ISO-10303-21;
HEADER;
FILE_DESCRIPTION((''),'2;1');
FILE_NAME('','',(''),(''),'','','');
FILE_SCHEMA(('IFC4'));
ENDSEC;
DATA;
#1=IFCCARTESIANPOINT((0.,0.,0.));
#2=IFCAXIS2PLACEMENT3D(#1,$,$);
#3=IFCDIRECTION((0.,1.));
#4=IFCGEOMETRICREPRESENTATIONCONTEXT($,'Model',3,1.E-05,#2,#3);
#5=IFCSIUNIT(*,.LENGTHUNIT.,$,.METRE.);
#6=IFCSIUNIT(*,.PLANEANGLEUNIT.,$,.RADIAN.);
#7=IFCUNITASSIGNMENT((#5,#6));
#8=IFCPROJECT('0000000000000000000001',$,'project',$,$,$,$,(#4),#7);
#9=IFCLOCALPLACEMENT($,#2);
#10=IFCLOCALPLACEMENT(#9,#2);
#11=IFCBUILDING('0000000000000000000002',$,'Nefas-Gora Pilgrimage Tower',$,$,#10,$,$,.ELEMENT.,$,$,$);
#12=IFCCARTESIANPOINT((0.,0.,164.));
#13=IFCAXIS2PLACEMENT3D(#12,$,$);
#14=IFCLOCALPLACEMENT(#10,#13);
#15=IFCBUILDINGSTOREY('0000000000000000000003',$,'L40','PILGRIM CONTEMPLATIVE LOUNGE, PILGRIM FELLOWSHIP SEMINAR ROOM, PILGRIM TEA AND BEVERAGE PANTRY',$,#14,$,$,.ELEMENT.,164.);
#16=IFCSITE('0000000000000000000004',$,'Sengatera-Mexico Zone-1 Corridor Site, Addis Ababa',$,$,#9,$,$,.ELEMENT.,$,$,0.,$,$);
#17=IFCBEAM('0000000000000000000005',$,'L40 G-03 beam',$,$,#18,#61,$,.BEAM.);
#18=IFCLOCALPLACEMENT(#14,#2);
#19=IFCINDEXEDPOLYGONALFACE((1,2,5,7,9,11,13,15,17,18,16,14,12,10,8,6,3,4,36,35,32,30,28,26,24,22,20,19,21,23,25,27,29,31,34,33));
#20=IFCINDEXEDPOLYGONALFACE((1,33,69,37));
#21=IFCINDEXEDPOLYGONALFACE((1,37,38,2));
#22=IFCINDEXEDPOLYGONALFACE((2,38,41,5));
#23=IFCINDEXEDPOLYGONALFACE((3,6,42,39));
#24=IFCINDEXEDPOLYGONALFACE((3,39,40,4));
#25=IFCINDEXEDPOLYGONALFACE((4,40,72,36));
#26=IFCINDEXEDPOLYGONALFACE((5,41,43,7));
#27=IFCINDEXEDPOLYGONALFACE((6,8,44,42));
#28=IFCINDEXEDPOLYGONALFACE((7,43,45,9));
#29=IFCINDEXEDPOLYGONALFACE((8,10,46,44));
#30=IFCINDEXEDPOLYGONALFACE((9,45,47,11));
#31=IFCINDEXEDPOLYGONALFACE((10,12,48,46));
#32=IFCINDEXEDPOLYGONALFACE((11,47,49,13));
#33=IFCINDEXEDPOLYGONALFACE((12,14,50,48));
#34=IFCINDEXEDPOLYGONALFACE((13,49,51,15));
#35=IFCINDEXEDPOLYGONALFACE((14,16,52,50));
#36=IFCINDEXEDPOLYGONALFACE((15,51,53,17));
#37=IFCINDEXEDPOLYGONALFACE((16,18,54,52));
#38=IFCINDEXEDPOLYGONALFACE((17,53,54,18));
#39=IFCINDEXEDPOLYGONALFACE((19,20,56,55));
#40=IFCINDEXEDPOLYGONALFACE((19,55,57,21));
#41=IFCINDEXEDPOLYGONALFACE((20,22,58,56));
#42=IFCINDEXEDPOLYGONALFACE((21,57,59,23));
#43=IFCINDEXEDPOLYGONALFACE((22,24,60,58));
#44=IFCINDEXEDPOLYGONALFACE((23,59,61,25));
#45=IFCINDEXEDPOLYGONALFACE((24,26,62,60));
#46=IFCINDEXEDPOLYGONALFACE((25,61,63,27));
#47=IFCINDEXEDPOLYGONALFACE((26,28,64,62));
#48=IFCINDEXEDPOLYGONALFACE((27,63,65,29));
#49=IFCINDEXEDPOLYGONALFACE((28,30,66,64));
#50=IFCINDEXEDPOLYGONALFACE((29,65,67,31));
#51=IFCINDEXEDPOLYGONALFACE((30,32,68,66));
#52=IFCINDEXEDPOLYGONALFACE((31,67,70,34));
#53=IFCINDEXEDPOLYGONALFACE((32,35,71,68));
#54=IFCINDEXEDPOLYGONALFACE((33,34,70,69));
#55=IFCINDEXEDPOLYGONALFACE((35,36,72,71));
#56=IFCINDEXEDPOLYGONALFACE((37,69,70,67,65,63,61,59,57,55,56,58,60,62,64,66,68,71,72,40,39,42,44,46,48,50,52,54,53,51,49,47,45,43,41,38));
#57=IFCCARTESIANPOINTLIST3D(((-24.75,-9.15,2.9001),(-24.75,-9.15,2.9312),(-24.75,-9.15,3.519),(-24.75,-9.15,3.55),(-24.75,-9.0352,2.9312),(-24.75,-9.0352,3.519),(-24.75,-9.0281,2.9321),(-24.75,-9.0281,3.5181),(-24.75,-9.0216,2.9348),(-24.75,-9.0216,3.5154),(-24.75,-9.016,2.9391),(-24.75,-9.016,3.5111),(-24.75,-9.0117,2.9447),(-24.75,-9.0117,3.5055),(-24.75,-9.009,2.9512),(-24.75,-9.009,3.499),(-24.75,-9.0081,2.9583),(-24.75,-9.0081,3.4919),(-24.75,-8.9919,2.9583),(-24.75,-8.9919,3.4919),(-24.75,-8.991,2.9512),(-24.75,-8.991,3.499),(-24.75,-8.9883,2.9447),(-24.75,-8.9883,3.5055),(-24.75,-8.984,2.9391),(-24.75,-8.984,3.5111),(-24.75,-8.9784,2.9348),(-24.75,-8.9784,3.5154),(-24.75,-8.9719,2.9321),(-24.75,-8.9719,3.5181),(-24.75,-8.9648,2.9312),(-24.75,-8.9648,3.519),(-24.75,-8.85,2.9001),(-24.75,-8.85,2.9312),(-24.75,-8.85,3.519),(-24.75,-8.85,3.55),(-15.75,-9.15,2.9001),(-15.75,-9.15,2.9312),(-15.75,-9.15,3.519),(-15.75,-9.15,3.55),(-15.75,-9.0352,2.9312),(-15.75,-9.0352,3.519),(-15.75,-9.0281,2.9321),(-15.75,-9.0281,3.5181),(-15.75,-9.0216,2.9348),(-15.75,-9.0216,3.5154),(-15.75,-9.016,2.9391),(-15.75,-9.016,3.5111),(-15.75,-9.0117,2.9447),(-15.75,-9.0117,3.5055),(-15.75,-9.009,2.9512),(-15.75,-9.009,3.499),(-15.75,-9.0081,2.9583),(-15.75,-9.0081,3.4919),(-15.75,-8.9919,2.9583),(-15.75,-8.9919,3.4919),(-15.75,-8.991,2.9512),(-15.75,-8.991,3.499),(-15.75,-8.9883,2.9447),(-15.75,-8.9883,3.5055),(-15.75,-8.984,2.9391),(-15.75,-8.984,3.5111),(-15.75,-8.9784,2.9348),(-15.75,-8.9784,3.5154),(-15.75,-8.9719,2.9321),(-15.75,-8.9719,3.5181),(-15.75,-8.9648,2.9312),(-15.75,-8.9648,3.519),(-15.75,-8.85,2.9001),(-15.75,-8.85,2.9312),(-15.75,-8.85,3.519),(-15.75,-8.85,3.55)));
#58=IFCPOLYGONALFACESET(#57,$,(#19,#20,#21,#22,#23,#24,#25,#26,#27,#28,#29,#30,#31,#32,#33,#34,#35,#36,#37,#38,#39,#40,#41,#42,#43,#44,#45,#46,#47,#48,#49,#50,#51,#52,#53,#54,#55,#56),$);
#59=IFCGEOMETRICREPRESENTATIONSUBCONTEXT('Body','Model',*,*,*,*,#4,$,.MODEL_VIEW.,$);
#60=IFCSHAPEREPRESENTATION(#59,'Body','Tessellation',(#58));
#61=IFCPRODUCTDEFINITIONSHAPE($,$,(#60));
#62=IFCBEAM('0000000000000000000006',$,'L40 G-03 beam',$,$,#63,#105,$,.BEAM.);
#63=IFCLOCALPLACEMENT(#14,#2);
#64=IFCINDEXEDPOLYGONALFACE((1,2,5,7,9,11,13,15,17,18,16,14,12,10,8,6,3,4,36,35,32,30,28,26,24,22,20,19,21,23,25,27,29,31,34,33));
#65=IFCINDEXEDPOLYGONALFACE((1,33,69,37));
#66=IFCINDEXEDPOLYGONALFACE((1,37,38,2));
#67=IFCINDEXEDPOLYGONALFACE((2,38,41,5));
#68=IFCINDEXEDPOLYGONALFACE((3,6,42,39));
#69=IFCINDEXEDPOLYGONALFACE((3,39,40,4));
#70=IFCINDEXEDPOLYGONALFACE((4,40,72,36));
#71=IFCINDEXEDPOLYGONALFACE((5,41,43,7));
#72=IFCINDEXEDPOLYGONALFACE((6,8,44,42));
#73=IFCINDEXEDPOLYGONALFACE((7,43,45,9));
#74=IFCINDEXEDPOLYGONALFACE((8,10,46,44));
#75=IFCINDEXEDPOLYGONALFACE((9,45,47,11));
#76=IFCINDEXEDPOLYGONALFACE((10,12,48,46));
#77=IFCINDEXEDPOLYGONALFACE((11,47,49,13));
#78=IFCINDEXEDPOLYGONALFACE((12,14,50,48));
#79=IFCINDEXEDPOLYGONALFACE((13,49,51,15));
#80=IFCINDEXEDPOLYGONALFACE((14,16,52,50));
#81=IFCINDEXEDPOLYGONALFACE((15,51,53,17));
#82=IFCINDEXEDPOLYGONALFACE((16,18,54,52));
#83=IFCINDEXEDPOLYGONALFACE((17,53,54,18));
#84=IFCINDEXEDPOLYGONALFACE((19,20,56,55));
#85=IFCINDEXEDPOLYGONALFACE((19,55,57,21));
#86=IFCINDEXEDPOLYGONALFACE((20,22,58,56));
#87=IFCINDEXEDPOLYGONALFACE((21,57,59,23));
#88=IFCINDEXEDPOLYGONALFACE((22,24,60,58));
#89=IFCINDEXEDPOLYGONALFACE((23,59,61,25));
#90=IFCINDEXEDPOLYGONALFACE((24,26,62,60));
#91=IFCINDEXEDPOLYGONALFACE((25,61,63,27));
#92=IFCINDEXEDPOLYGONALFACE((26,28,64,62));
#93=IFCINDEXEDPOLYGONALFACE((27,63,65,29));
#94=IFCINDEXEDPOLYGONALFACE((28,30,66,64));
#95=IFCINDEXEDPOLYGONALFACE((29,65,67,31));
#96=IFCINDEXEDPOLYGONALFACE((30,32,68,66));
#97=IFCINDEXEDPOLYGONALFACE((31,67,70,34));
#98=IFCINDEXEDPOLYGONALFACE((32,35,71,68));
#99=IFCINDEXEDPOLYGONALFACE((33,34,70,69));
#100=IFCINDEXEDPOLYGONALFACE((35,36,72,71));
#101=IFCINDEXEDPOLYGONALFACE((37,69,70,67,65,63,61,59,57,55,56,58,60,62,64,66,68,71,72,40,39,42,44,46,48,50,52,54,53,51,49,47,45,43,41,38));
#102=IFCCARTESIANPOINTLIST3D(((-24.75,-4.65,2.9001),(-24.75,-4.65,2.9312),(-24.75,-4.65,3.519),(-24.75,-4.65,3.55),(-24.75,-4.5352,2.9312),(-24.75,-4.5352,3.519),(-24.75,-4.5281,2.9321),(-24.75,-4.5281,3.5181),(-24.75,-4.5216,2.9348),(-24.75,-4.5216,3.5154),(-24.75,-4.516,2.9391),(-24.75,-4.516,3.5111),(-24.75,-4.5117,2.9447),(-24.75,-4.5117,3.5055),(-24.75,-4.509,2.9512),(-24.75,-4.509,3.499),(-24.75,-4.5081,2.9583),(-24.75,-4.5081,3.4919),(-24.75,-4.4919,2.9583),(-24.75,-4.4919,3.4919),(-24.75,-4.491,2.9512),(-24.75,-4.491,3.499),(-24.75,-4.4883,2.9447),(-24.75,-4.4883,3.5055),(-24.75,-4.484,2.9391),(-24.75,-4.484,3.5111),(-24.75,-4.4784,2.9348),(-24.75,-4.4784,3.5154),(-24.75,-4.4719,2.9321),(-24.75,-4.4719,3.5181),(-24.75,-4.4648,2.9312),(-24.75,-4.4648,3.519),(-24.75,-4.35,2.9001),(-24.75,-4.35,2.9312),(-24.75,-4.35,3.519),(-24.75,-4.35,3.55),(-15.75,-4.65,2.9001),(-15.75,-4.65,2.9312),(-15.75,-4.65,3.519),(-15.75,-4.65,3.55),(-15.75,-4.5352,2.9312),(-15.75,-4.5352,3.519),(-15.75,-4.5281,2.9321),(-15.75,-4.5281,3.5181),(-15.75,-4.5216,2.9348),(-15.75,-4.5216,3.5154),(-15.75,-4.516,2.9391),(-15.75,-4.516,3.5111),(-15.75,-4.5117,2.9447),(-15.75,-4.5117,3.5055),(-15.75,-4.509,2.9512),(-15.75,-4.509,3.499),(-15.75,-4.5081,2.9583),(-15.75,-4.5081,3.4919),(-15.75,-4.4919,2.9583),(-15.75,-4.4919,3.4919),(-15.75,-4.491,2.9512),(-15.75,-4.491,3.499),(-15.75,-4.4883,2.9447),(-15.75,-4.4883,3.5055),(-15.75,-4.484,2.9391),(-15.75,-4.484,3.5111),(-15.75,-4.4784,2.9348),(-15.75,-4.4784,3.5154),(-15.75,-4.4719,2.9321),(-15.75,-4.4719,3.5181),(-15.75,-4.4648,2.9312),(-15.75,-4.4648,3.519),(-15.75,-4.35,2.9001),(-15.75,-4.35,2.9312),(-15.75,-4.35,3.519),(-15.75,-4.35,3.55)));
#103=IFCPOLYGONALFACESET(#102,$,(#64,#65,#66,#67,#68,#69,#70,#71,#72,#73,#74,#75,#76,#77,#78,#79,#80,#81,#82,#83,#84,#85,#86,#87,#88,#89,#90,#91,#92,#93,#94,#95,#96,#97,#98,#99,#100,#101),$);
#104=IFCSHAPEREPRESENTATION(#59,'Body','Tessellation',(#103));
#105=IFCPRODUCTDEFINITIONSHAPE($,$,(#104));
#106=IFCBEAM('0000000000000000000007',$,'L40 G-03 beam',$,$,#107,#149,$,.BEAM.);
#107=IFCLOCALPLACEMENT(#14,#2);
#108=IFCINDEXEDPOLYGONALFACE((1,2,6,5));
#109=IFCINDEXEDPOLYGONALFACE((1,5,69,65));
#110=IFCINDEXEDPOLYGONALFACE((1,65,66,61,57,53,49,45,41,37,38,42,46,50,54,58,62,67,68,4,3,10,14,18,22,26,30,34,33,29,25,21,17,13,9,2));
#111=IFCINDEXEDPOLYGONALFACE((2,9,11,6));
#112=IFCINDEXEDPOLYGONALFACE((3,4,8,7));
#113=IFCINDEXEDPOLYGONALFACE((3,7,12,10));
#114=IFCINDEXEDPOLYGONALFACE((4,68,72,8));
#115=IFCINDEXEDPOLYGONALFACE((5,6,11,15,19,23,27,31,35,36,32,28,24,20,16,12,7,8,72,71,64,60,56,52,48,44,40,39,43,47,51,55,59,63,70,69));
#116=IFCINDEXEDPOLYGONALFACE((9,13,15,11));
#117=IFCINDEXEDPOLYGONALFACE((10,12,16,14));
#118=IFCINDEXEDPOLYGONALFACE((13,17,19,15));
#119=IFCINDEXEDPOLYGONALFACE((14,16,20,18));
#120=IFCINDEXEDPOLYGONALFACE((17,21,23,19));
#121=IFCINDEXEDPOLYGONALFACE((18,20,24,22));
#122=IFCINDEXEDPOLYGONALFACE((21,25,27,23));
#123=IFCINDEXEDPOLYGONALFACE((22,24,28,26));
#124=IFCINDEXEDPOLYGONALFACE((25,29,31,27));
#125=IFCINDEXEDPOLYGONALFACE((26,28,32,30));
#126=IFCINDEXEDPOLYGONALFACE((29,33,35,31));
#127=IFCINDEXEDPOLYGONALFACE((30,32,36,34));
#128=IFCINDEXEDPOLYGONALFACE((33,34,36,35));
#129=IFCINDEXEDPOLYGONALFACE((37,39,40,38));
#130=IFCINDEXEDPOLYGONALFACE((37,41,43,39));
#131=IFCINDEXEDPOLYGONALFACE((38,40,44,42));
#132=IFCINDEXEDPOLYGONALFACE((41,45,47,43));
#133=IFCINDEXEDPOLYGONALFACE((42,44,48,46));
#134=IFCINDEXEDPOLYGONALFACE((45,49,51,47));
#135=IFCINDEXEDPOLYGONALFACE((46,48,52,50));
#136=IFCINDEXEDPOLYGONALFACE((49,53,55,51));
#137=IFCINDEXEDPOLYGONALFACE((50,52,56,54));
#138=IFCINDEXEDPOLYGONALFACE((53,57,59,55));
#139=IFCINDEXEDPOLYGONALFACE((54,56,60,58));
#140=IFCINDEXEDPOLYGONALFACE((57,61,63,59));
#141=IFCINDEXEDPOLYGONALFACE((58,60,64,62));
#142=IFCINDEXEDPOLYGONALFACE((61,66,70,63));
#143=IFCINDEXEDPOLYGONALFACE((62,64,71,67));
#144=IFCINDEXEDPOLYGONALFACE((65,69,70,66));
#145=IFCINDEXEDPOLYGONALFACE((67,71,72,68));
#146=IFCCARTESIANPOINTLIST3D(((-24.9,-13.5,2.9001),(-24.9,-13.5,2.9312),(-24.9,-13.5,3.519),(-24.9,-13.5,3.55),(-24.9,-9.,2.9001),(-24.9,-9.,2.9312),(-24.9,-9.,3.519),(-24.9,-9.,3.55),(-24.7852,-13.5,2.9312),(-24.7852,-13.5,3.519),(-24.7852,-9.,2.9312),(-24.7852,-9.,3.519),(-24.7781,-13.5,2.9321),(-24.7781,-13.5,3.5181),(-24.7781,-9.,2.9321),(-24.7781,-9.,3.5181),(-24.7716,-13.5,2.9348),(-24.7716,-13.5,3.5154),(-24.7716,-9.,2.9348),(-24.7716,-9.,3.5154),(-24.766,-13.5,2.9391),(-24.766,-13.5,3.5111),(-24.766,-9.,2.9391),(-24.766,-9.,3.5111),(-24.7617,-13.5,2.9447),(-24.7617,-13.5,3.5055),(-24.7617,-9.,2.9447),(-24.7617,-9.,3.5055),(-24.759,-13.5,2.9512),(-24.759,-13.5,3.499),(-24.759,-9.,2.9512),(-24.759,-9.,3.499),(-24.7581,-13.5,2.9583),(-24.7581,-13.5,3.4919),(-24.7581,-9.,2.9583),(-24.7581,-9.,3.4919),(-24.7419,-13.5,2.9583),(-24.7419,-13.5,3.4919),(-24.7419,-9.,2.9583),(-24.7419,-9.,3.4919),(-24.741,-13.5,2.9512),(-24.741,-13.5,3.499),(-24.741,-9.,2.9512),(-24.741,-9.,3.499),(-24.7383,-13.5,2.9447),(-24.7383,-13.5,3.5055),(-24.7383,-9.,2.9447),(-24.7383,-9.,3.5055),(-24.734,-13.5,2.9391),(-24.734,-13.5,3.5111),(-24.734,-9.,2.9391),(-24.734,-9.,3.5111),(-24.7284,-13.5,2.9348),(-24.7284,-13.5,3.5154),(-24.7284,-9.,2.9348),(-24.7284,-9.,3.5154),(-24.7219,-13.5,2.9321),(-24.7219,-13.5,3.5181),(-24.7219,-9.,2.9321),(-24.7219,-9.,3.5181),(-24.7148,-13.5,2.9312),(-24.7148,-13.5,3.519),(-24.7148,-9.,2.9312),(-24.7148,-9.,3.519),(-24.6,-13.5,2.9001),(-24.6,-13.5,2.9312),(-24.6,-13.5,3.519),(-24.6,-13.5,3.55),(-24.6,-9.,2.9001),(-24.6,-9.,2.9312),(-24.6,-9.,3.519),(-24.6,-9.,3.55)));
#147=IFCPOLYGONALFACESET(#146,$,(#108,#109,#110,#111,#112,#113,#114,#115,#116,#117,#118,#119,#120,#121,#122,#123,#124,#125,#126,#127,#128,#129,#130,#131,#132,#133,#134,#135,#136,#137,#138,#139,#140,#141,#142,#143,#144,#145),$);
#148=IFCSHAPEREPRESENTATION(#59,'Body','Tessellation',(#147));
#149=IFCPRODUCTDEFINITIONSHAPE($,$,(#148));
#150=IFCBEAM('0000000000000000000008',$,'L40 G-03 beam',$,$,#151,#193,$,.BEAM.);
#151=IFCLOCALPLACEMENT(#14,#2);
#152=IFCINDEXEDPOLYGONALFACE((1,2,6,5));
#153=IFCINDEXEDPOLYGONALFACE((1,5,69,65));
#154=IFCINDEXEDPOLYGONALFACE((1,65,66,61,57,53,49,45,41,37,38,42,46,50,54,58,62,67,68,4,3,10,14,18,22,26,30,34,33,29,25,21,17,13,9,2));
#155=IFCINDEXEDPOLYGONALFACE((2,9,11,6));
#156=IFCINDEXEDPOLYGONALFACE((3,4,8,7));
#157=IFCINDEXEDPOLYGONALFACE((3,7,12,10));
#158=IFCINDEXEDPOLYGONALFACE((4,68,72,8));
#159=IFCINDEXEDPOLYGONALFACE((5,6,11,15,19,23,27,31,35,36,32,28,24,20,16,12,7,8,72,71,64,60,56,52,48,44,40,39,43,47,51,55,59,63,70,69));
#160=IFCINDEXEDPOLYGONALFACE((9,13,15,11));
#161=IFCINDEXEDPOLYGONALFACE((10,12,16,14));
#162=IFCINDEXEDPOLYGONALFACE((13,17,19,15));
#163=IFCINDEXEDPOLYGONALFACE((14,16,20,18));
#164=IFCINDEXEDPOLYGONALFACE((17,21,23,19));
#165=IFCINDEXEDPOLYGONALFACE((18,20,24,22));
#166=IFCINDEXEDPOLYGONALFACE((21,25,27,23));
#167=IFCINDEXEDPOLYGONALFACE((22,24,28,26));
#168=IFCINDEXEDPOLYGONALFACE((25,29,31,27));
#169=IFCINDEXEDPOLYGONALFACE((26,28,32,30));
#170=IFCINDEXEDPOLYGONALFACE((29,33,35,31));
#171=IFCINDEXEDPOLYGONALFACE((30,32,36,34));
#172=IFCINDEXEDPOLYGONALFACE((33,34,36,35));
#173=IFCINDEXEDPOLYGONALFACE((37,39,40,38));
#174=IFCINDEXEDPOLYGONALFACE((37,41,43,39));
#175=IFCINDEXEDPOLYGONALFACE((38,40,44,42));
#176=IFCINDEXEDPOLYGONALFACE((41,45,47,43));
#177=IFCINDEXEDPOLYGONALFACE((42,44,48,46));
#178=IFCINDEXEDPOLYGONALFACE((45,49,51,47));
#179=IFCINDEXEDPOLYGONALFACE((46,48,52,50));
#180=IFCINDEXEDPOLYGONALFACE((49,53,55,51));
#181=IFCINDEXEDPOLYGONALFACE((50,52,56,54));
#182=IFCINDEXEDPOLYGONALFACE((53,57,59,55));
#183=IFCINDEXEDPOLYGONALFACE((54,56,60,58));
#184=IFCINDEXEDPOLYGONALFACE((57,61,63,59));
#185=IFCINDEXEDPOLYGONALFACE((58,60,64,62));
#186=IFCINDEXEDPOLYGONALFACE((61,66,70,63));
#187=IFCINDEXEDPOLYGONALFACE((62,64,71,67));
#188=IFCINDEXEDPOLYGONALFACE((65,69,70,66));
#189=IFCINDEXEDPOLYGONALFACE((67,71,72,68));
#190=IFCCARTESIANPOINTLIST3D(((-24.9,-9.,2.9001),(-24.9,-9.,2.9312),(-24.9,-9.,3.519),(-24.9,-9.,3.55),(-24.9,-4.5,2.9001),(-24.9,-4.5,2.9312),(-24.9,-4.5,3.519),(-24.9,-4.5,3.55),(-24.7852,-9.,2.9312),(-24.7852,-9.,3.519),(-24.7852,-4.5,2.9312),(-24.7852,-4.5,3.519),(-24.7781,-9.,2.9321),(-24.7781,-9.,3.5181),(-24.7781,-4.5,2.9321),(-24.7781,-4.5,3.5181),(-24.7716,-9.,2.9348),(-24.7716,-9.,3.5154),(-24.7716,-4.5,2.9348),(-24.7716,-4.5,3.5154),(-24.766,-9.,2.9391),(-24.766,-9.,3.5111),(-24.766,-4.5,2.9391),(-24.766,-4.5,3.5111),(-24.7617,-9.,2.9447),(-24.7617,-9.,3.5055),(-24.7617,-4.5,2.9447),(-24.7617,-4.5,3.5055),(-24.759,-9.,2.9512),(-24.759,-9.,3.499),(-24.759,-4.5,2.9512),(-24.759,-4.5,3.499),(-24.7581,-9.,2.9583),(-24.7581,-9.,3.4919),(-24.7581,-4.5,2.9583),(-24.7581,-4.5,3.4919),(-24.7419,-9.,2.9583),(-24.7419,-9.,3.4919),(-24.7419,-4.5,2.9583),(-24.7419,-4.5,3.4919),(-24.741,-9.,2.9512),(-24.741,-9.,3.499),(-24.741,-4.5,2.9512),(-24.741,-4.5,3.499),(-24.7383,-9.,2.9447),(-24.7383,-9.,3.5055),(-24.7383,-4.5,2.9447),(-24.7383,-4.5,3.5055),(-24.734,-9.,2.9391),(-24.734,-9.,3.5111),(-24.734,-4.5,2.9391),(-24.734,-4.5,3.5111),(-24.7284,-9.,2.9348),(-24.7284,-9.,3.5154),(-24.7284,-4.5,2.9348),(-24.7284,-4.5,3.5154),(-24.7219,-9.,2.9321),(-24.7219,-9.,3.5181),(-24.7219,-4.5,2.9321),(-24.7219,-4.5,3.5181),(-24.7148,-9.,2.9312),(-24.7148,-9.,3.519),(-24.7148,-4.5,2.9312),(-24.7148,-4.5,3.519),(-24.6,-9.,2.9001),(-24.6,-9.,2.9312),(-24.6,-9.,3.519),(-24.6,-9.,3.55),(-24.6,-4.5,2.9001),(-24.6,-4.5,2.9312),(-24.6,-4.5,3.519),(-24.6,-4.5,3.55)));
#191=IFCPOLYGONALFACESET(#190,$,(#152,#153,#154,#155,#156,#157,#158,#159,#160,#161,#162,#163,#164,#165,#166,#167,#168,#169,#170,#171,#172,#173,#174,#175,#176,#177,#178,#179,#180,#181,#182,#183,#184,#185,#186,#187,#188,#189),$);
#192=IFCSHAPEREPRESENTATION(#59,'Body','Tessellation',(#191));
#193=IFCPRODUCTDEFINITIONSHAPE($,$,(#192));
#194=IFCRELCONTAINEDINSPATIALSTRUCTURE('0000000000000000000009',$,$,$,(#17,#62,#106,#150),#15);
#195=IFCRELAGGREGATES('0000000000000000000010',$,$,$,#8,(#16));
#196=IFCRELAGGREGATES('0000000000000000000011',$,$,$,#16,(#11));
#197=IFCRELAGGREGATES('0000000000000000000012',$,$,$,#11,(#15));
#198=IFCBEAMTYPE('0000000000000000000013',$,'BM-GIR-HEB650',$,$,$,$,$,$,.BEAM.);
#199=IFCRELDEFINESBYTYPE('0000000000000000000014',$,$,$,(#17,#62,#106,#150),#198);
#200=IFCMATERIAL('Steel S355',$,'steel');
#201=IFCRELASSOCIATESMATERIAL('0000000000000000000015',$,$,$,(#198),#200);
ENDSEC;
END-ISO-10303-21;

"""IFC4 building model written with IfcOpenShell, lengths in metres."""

from ifc_helpers import new_model, si_unit, direction, frame, origin, origin_2d, place, context, subcontext, project, spatial, i_section, extrude, source, transform, mapped, material, material_profile, profile_set, type_object, element, save


model = new_model("IFC4")

# Units and contexts
model_context = context("Model", 3, precision=1e-05, world=origin(), true_north=direction((0.0, 1.0)))
body_context = subcontext(model_context, "Body", "Model", "MODEL_VIEW")
ifc_project = project(units=[si_unit("LENGTHUNIT", "METRE"), si_unit("PLANEANGLEUNIT", "RADIAN")], contexts=[model_context])

# Site, building, storey
site_placement = place(None, origin())
site = spatial("IfcSite", under=ifc_project, at=site_placement, Name="Sengatera-Mexico Zone-1 Corridor Site, Addis Ababa", CompositionType="ELEMENT", RefElevation=0.0)
building_placement = place(site_placement, origin())
building = spatial("IfcBuilding", under=site, at=building_placement, Name="Nefas-Gora Pilgrimage Tower", CompositionType="ELEMENT")
storey_placement = place(building_placement, frame((0.0, 0.0, 164.0)))
storey = spatial("IfcBuildingStorey", under=building, at=storey_placement, Name="L40", Description="PILGRIM CONTEMPLATIVE LOUNGE, PILGRIM FELLOWSHIP SEMINAR ROOM, PILGRIM TEA AND BEVERAGE PANTRY", CompositionType="ELEMENT", Elevation=164.0)

# Beams
ifc_material_1 = material(Name="Steel S355", Category="steel")
ifc_material_profile_1 = material_profile(ifc_material_1, i_section(OverallWidth=0.3, OverallDepth=0.6499, WebThickness=0.0161, FlangeThickness=0.031, FilletRadius=0.0271, at=origin_2d()), Name="HEB 650")
ifc_profile_set_1 = profile_set([ifc_material_profile_1], Name="Steel S355")
beam_type_1 = type_object("IfcBeamType", Name="BM-GIR-HEB650", PredefinedType="BEAM", material=ifc_profile_set_1)
shared_shape_1 = source(origin(), body_context, "Body", "SweptSolid", [
    extrude(i_section(OverallWidth=0.3, OverallDepth=0.6499, WebThickness=0.0161, FlangeThickness=0.031, FilletRadius=0.0271, at=origin_2d()), origin(), (0.0, 0.0, 1.0), 9.0),
])
for number, where, z_axis, x_axis, name in (
    (1, (-24.75, -9.0, 3.2251), (1.0, 0.0, 0.0), (0.0, 1.0, 0.0), "L40 G-03 beam"),
    (2, (-24.75, -4.5, 3.2251), (1.0, 0.0, 0.0), (0.0, 1.0, 0.0), "L40 G-03 beam"),
):
    element("IfcBeam", number, at=place(storey_placement, frame(where, z_axis=z_axis, x_axis=x_axis)), inside=storey, type_object=beam_type_1, Name=name, PredefinedType="BEAM", context=body_context, shape_type="MappedRepresentation", body=[
        mapped(shared_shape_1, transform((0.0, 0.0, 0.0), x_axis=(1.0, 0.0, 0.0), y_axis=(0.0, 1.0, 0.0), z_axis=(0.0, 0.0, 1.0), scale=1.0)),
    ])
shared_shape_2 = source(origin(), body_context, "Body", "SweptSolid", [
    extrude(i_section(OverallWidth=0.3, OverallDepth=0.6499, WebThickness=0.0161, FlangeThickness=0.031, FilletRadius=0.0271, at=origin_2d()), origin(), (0.0, 0.0, 1.0), 4.5),
])
for number, where, z_axis, x_axis, name in (
    (3, (-24.75, -13.5, 3.2251), (0.0, 1.0, 0.0), (-1.0, 0.0, 0.0), "L40 G-03 beam"),
    (4, (-24.75, -9.0, 3.2251), (0.0, 1.0, 0.0), (-1.0, 0.0, 0.0), "L40 G-03 beam"),
):
    element("IfcBeam", number, at=place(storey_placement, frame(where, z_axis=z_axis, x_axis=x_axis)), inside=storey, type_object=beam_type_1, Name=name, PredefinedType="BEAM", context=body_context, shape_type="MappedRepresentation", body=[
        mapped(shared_shape_2, transform((0.0, 0.0, 0.0), x_axis=(1.0, 0.0, 0.0), y_axis=(0.0, 1.0, 0.0), z_axis=(0.0, 0.0, 1.0), scale=1.0)),
    ])

save(model, "model.ifc")
